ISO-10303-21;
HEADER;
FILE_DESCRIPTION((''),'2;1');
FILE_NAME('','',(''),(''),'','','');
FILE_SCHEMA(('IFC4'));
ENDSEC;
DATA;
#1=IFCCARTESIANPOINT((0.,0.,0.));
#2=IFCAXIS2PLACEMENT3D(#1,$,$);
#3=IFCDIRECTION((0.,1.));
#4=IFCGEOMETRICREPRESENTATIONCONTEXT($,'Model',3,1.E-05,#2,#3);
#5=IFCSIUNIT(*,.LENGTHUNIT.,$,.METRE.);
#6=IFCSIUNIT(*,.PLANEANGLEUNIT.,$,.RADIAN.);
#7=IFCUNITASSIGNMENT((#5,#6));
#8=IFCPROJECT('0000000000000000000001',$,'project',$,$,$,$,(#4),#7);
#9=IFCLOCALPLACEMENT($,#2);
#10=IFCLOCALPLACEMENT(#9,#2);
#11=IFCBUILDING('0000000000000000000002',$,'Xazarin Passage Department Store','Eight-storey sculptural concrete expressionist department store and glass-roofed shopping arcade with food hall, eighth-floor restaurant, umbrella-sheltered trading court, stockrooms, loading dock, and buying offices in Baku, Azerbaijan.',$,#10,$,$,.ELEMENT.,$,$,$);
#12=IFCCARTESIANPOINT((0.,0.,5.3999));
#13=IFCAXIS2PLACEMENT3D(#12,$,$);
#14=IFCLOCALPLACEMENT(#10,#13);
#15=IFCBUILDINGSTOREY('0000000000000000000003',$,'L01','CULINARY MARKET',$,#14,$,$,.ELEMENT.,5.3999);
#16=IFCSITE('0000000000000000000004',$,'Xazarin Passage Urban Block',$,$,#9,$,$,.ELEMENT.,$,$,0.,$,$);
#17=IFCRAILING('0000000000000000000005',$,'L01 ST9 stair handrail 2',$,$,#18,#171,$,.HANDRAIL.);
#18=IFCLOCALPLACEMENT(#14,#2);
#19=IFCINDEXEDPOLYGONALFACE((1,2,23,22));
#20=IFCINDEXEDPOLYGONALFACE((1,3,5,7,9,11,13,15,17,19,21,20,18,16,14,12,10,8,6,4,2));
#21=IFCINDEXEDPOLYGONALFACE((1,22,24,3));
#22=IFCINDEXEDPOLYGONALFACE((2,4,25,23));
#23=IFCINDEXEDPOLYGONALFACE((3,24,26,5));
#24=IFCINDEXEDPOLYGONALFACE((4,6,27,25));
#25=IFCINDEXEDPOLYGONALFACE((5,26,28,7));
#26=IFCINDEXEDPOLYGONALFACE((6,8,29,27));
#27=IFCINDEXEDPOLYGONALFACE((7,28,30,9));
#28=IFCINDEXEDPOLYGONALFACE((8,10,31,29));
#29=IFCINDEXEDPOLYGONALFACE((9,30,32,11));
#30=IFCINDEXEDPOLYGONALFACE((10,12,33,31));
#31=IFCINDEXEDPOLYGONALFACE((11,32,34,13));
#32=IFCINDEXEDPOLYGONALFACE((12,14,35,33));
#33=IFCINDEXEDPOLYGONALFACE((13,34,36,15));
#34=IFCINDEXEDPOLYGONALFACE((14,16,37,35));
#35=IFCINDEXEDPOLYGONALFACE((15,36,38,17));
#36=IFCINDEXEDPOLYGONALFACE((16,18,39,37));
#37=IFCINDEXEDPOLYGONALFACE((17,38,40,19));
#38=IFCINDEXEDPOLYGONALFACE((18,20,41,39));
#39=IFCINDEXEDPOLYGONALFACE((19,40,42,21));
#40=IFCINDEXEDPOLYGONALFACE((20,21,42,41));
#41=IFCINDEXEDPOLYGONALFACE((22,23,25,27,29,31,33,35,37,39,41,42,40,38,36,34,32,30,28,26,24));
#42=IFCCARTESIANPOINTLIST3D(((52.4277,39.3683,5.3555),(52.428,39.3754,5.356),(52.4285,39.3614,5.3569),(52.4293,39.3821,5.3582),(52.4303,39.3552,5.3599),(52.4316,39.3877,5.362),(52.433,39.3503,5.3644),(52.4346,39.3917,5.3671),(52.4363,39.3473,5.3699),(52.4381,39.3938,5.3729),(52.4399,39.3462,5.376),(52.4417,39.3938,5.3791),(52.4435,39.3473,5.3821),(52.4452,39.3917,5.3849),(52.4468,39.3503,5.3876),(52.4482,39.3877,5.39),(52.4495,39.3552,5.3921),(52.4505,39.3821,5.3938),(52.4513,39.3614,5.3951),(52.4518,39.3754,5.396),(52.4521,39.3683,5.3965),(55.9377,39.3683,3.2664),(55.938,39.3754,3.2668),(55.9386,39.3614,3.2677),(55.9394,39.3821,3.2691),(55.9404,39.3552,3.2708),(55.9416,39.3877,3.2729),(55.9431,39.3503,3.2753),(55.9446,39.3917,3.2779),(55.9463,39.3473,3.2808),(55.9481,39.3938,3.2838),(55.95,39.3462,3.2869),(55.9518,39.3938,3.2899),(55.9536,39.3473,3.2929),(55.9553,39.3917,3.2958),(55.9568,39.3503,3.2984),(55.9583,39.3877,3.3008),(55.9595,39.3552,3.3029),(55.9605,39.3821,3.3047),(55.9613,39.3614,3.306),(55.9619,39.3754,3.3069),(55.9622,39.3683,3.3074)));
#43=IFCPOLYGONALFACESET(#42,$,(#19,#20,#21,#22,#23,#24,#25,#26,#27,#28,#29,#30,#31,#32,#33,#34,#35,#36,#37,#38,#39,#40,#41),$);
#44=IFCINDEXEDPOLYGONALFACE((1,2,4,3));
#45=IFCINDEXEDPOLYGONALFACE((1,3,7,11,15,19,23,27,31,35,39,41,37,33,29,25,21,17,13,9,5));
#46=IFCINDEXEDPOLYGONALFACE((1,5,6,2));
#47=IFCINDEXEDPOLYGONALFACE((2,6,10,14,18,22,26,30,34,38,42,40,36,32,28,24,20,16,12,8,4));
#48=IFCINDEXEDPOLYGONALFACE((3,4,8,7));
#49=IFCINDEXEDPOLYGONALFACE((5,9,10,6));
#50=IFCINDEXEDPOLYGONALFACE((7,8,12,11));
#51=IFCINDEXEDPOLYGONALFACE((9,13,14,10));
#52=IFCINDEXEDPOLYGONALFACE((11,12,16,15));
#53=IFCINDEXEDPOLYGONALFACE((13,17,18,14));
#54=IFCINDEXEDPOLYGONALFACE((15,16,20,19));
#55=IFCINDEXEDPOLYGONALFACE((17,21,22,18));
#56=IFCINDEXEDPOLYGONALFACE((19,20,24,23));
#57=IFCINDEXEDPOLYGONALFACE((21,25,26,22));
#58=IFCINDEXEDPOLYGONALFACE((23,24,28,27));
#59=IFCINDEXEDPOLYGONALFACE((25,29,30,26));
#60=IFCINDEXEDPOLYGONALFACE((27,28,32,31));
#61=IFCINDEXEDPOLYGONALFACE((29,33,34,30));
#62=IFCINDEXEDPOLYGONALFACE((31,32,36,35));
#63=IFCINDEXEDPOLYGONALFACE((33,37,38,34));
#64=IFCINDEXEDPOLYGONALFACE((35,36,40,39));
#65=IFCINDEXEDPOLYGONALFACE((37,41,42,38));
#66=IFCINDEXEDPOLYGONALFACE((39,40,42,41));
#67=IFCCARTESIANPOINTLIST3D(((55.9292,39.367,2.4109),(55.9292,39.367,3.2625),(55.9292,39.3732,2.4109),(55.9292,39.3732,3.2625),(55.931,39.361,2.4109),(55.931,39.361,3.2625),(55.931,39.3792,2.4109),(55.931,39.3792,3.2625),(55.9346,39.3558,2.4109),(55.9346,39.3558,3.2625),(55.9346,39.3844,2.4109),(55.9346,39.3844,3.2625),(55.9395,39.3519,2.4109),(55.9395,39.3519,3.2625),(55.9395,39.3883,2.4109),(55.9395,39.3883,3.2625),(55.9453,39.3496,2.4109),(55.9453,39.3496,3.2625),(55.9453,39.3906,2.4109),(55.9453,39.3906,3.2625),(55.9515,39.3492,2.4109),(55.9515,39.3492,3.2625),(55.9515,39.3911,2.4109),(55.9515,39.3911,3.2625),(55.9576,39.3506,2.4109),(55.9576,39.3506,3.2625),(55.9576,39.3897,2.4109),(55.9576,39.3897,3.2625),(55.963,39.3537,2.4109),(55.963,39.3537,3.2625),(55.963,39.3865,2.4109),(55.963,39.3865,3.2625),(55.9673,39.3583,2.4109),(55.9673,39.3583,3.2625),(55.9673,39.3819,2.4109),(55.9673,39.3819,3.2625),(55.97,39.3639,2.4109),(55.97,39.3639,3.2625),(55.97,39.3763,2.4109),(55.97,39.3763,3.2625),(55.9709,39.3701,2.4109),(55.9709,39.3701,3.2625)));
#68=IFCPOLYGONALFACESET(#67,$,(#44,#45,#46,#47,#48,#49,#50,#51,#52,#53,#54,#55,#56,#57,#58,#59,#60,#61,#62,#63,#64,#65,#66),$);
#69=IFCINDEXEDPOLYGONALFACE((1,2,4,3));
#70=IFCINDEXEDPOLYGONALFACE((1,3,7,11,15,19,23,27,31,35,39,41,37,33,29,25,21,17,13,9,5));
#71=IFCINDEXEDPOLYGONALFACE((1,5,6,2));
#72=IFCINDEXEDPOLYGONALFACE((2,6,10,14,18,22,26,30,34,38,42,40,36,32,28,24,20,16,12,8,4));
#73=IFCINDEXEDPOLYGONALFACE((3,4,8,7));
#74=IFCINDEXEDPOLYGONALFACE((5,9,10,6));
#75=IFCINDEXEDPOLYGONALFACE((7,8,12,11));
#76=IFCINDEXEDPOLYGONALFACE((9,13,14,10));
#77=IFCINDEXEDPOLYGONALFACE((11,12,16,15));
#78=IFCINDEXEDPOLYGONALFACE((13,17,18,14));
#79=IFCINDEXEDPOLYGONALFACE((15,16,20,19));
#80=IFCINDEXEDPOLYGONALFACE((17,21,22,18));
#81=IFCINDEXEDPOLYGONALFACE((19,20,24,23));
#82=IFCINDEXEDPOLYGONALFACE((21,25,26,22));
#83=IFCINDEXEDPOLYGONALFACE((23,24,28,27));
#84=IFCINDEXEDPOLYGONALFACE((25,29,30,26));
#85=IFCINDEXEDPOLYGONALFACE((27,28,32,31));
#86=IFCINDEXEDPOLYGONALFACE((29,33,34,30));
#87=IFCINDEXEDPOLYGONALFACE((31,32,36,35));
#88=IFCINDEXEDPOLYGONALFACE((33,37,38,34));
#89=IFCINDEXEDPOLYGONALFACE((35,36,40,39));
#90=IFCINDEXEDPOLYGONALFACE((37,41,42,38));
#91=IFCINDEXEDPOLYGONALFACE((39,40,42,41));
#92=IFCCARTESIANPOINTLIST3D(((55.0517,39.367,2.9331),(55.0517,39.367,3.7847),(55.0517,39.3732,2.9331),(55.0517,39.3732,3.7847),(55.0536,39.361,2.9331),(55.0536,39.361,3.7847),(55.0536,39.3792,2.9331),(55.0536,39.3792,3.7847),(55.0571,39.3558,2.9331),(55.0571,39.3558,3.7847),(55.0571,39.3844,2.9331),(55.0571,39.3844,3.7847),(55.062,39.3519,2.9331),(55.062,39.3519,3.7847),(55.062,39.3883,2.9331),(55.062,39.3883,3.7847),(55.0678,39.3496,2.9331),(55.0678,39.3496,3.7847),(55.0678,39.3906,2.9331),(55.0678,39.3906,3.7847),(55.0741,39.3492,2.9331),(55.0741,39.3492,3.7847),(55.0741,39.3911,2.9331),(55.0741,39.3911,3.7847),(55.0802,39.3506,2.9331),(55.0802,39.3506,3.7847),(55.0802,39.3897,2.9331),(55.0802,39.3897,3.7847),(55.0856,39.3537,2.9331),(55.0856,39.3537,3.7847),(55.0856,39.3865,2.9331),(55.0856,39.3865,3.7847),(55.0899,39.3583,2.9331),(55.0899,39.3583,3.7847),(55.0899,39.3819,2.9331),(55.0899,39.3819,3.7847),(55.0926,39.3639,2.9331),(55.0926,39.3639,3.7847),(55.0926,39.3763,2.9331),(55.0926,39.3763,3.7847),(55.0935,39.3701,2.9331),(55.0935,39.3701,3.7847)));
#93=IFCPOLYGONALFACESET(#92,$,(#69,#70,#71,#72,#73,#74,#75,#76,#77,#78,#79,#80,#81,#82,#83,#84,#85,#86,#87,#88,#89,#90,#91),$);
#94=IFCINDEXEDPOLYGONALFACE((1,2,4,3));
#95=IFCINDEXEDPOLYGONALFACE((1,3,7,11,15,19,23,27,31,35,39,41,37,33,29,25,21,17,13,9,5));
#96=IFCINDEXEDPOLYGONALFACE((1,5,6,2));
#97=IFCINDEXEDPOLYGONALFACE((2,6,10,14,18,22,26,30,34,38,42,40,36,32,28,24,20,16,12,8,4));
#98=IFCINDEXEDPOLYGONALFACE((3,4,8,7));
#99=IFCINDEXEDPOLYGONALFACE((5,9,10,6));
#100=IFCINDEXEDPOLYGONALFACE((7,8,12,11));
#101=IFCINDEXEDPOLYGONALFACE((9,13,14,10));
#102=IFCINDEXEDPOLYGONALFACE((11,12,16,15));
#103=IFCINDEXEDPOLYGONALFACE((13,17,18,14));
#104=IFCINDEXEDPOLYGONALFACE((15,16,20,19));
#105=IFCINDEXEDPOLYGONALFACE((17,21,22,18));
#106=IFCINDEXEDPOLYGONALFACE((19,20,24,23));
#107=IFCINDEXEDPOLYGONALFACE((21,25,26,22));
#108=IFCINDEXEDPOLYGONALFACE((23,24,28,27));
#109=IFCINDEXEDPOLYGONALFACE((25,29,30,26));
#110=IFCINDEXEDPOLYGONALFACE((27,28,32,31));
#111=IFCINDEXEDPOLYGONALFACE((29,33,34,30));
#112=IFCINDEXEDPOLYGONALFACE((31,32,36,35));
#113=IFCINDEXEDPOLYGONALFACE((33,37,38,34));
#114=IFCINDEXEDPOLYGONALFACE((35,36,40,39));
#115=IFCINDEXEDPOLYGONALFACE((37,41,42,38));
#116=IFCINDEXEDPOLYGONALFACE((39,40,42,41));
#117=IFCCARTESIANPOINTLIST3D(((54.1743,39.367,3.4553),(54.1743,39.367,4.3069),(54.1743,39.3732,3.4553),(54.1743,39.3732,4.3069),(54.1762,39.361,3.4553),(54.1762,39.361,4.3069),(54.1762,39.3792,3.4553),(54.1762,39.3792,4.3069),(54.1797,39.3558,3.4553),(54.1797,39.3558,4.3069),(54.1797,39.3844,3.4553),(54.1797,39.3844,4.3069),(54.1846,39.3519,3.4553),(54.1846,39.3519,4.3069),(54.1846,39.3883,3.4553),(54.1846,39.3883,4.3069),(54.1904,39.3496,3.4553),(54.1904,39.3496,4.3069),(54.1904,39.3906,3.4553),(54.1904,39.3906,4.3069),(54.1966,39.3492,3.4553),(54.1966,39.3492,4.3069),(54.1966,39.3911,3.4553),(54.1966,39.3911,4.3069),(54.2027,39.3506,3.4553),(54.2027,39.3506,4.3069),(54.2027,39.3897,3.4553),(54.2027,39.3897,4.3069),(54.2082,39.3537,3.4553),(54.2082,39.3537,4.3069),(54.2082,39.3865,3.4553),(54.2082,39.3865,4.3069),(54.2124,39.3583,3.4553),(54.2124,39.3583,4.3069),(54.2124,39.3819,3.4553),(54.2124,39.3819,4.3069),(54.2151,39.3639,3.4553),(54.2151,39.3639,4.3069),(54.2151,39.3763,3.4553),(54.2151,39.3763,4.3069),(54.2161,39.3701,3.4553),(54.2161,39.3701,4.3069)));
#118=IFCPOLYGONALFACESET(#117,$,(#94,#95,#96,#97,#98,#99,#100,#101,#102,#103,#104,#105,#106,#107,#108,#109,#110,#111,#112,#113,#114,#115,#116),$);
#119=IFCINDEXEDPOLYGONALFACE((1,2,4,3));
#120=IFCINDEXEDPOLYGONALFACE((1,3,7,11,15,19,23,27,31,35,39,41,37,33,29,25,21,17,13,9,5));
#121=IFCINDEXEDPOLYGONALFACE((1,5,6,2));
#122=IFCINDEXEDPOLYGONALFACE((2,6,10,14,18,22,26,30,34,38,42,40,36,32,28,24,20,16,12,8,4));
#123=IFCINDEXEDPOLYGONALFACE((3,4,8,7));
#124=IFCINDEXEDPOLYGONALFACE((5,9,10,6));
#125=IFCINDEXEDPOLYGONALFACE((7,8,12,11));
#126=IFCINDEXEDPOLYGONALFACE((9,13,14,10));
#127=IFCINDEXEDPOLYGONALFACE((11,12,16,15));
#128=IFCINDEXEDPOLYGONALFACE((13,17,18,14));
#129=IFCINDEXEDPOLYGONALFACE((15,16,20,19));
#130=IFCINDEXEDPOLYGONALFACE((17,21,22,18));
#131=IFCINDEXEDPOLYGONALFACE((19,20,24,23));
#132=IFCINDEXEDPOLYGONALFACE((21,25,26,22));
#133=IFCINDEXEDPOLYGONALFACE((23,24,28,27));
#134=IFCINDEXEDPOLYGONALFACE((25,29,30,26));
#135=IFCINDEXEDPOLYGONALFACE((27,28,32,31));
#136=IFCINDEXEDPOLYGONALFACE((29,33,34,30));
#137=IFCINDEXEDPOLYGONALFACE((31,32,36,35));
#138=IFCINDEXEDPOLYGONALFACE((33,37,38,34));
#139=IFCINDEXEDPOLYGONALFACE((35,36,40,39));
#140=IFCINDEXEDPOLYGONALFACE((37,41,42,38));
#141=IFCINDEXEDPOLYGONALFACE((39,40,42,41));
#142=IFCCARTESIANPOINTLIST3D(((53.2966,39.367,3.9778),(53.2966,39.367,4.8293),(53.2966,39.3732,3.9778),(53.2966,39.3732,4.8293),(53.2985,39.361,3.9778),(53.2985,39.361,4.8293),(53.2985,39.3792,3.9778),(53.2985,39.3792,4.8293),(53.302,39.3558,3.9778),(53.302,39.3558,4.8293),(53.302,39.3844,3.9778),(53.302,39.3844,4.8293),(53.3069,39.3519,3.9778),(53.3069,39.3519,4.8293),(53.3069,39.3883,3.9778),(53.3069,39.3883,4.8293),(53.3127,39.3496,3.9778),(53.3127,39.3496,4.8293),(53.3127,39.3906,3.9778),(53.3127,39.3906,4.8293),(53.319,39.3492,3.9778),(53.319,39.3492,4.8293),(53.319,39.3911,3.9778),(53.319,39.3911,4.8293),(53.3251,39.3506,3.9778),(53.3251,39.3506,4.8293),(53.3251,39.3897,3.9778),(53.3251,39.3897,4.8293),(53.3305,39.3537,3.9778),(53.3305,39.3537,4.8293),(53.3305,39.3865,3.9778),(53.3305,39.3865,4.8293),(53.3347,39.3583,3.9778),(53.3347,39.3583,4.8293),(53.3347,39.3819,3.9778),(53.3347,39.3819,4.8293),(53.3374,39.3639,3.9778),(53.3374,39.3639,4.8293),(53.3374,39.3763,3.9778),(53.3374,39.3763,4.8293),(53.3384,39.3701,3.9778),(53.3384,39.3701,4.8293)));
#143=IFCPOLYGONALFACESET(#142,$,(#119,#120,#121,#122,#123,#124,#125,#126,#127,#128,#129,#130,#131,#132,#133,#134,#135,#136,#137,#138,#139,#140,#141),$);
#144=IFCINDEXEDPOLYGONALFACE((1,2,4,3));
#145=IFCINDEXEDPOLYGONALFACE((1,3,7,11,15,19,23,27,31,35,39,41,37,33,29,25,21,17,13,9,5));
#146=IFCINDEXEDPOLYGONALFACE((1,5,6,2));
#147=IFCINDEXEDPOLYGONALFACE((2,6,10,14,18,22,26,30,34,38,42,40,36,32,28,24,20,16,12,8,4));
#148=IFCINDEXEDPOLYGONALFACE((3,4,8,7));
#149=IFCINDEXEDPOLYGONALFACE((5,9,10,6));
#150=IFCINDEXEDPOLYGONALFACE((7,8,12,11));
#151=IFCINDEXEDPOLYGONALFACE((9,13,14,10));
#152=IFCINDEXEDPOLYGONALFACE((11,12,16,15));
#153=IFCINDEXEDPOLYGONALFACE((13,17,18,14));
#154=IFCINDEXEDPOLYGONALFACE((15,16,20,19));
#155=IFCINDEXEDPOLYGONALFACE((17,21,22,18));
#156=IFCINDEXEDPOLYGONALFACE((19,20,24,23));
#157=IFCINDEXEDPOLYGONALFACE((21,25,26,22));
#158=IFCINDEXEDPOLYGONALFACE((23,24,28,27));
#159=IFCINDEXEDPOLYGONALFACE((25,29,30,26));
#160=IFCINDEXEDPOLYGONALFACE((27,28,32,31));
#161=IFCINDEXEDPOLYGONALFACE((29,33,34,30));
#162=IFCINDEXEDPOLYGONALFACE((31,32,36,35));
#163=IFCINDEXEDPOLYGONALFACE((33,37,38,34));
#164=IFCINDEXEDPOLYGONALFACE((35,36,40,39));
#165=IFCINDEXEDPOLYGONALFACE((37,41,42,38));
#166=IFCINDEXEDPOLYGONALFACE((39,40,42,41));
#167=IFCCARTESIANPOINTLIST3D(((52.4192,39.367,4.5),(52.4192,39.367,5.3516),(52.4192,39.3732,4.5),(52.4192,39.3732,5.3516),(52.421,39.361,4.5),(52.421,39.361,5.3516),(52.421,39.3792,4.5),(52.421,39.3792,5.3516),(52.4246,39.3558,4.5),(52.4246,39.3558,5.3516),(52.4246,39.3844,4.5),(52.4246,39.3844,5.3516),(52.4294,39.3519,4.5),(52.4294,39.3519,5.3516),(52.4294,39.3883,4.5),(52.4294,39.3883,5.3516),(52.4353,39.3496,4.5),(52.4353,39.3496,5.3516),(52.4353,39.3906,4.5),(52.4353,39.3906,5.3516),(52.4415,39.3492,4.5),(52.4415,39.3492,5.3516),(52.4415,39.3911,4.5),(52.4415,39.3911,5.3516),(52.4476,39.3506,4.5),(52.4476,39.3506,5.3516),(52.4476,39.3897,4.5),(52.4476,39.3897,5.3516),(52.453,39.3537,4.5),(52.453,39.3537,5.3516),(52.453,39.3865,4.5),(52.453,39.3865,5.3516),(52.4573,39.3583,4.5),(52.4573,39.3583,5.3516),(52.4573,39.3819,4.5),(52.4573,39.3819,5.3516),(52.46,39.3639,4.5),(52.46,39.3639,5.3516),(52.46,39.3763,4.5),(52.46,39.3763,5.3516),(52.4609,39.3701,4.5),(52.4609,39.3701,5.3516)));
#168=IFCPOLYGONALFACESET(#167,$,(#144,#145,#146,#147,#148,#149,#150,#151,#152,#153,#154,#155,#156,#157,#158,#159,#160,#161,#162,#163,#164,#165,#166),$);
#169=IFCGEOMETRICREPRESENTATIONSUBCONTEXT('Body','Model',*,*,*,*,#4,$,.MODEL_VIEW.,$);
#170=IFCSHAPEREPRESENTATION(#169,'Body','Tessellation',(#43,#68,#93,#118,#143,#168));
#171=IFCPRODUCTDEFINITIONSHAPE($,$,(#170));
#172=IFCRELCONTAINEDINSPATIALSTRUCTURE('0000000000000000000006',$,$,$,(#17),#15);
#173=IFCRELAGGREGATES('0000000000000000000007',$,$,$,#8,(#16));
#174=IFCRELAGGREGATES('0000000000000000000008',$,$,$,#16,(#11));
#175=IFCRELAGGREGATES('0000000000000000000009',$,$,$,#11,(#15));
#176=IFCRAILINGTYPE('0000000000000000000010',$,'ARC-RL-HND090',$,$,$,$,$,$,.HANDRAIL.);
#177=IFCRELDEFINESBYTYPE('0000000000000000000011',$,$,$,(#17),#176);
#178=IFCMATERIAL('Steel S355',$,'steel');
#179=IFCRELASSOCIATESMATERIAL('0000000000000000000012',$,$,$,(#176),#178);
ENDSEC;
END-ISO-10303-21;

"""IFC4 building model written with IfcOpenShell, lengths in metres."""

from ifc_helpers import new_model, si_unit, direction, frame, origin, origin_2d, place, context, subcontext, project, spatial, circle, extrude, material, type_object, element, save


model = new_model("IFC4")

# Units and contexts
model_context = context("Model", 3, precision=1e-05, world=origin(), true_north=direction((0.0, 1.0)))
body_context = subcontext(model_context, "Body", "Model", "MODEL_VIEW")
ifc_project = project(units=[si_unit("LENGTHUNIT", "METRE"), si_unit("PLANEANGLEUNIT", "RADIAN")], contexts=[model_context])

# Site, building, storey
site_placement = place(None, origin())
site = spatial("IfcSite", under=ifc_project, at=site_placement, Name="Xazarin Passage Urban Block", CompositionType="ELEMENT", RefElevation=0.0)
building_placement = place(site_placement, origin())
building = spatial("IfcBuilding", under=site, at=building_placement, Name="Xazarin Passage Department Store", Description="Eight-storey sculptural concrete expressionist department store and glass-roofed shopping arcade with food hall, eighth-floor restaurant, umbrella-sheltered trading court, stockrooms, loading dock, and buying offices in Baku, Azerbaijan.", CompositionType="ELEMENT")
storey_placement = place(building_placement, frame((0.0, 0.0, 5.3999)))
storey = spatial("IfcBuildingStorey", under=building, at=storey_placement, Name="L01", Description="CULINARY MARKET", CompositionType="ELEMENT", Elevation=5.3999)

# Shared definitions
ifc_material_1 = material(Name="Steel S355", Category="steel")

# Railing
railing_type_1 = type_object("IfcRailingType", Name="ARC-RL-HND090", PredefinedType="HANDRAIL", material=ifc_material_1)
railing_1_placement = place(storey_placement, frame((55.95, 39.3701, 2.4109)))
element("IfcRailing", 1, at=railing_1_placement, inside=storey, type_object=railing_type_1, Name="L01 ST9 stair handrail 2", PredefinedType="HANDRAIL", context=body_context, shape_type="SweptSolid", body=[
    extrude(circle(Radius=0.0239, at=origin_2d()), frame((0.0, 0.0, 0.876), z_axis=(-0.859312, 0.0, 0.511451), x_axis=(0.0, -1.0, 0.0)), (0.0, 0.0, 1.0), 4.0847),
    extrude(circle(Radius=0.021, at=origin_2d()), origin(), (0.0, 0.0, 1.0), 0.8516),
    extrude(circle(Radius=0.021, at=origin_2d()), frame((-0.8774, 0.0, 0.5222)), (0.0, 0.0, 1.0), 0.8516),
    extrude(circle(Radius=0.021, at=origin_2d()), frame((-1.7549, 0.0, 1.0444)), (0.0, 0.0, 1.0), 0.8516),
    extrude(circle(Radius=0.021, at=origin_2d()), frame((-2.6326, 0.0, 1.5669)), (0.0, 0.0, 1.0), 0.8516),
    extrude(circle(Radius=0.021, at=origin_2d()), frame((-3.51, 0.0, 2.0891)), (0.0, 0.0, 1.0), 0.8516),
])

save(model, "model.ifc")
